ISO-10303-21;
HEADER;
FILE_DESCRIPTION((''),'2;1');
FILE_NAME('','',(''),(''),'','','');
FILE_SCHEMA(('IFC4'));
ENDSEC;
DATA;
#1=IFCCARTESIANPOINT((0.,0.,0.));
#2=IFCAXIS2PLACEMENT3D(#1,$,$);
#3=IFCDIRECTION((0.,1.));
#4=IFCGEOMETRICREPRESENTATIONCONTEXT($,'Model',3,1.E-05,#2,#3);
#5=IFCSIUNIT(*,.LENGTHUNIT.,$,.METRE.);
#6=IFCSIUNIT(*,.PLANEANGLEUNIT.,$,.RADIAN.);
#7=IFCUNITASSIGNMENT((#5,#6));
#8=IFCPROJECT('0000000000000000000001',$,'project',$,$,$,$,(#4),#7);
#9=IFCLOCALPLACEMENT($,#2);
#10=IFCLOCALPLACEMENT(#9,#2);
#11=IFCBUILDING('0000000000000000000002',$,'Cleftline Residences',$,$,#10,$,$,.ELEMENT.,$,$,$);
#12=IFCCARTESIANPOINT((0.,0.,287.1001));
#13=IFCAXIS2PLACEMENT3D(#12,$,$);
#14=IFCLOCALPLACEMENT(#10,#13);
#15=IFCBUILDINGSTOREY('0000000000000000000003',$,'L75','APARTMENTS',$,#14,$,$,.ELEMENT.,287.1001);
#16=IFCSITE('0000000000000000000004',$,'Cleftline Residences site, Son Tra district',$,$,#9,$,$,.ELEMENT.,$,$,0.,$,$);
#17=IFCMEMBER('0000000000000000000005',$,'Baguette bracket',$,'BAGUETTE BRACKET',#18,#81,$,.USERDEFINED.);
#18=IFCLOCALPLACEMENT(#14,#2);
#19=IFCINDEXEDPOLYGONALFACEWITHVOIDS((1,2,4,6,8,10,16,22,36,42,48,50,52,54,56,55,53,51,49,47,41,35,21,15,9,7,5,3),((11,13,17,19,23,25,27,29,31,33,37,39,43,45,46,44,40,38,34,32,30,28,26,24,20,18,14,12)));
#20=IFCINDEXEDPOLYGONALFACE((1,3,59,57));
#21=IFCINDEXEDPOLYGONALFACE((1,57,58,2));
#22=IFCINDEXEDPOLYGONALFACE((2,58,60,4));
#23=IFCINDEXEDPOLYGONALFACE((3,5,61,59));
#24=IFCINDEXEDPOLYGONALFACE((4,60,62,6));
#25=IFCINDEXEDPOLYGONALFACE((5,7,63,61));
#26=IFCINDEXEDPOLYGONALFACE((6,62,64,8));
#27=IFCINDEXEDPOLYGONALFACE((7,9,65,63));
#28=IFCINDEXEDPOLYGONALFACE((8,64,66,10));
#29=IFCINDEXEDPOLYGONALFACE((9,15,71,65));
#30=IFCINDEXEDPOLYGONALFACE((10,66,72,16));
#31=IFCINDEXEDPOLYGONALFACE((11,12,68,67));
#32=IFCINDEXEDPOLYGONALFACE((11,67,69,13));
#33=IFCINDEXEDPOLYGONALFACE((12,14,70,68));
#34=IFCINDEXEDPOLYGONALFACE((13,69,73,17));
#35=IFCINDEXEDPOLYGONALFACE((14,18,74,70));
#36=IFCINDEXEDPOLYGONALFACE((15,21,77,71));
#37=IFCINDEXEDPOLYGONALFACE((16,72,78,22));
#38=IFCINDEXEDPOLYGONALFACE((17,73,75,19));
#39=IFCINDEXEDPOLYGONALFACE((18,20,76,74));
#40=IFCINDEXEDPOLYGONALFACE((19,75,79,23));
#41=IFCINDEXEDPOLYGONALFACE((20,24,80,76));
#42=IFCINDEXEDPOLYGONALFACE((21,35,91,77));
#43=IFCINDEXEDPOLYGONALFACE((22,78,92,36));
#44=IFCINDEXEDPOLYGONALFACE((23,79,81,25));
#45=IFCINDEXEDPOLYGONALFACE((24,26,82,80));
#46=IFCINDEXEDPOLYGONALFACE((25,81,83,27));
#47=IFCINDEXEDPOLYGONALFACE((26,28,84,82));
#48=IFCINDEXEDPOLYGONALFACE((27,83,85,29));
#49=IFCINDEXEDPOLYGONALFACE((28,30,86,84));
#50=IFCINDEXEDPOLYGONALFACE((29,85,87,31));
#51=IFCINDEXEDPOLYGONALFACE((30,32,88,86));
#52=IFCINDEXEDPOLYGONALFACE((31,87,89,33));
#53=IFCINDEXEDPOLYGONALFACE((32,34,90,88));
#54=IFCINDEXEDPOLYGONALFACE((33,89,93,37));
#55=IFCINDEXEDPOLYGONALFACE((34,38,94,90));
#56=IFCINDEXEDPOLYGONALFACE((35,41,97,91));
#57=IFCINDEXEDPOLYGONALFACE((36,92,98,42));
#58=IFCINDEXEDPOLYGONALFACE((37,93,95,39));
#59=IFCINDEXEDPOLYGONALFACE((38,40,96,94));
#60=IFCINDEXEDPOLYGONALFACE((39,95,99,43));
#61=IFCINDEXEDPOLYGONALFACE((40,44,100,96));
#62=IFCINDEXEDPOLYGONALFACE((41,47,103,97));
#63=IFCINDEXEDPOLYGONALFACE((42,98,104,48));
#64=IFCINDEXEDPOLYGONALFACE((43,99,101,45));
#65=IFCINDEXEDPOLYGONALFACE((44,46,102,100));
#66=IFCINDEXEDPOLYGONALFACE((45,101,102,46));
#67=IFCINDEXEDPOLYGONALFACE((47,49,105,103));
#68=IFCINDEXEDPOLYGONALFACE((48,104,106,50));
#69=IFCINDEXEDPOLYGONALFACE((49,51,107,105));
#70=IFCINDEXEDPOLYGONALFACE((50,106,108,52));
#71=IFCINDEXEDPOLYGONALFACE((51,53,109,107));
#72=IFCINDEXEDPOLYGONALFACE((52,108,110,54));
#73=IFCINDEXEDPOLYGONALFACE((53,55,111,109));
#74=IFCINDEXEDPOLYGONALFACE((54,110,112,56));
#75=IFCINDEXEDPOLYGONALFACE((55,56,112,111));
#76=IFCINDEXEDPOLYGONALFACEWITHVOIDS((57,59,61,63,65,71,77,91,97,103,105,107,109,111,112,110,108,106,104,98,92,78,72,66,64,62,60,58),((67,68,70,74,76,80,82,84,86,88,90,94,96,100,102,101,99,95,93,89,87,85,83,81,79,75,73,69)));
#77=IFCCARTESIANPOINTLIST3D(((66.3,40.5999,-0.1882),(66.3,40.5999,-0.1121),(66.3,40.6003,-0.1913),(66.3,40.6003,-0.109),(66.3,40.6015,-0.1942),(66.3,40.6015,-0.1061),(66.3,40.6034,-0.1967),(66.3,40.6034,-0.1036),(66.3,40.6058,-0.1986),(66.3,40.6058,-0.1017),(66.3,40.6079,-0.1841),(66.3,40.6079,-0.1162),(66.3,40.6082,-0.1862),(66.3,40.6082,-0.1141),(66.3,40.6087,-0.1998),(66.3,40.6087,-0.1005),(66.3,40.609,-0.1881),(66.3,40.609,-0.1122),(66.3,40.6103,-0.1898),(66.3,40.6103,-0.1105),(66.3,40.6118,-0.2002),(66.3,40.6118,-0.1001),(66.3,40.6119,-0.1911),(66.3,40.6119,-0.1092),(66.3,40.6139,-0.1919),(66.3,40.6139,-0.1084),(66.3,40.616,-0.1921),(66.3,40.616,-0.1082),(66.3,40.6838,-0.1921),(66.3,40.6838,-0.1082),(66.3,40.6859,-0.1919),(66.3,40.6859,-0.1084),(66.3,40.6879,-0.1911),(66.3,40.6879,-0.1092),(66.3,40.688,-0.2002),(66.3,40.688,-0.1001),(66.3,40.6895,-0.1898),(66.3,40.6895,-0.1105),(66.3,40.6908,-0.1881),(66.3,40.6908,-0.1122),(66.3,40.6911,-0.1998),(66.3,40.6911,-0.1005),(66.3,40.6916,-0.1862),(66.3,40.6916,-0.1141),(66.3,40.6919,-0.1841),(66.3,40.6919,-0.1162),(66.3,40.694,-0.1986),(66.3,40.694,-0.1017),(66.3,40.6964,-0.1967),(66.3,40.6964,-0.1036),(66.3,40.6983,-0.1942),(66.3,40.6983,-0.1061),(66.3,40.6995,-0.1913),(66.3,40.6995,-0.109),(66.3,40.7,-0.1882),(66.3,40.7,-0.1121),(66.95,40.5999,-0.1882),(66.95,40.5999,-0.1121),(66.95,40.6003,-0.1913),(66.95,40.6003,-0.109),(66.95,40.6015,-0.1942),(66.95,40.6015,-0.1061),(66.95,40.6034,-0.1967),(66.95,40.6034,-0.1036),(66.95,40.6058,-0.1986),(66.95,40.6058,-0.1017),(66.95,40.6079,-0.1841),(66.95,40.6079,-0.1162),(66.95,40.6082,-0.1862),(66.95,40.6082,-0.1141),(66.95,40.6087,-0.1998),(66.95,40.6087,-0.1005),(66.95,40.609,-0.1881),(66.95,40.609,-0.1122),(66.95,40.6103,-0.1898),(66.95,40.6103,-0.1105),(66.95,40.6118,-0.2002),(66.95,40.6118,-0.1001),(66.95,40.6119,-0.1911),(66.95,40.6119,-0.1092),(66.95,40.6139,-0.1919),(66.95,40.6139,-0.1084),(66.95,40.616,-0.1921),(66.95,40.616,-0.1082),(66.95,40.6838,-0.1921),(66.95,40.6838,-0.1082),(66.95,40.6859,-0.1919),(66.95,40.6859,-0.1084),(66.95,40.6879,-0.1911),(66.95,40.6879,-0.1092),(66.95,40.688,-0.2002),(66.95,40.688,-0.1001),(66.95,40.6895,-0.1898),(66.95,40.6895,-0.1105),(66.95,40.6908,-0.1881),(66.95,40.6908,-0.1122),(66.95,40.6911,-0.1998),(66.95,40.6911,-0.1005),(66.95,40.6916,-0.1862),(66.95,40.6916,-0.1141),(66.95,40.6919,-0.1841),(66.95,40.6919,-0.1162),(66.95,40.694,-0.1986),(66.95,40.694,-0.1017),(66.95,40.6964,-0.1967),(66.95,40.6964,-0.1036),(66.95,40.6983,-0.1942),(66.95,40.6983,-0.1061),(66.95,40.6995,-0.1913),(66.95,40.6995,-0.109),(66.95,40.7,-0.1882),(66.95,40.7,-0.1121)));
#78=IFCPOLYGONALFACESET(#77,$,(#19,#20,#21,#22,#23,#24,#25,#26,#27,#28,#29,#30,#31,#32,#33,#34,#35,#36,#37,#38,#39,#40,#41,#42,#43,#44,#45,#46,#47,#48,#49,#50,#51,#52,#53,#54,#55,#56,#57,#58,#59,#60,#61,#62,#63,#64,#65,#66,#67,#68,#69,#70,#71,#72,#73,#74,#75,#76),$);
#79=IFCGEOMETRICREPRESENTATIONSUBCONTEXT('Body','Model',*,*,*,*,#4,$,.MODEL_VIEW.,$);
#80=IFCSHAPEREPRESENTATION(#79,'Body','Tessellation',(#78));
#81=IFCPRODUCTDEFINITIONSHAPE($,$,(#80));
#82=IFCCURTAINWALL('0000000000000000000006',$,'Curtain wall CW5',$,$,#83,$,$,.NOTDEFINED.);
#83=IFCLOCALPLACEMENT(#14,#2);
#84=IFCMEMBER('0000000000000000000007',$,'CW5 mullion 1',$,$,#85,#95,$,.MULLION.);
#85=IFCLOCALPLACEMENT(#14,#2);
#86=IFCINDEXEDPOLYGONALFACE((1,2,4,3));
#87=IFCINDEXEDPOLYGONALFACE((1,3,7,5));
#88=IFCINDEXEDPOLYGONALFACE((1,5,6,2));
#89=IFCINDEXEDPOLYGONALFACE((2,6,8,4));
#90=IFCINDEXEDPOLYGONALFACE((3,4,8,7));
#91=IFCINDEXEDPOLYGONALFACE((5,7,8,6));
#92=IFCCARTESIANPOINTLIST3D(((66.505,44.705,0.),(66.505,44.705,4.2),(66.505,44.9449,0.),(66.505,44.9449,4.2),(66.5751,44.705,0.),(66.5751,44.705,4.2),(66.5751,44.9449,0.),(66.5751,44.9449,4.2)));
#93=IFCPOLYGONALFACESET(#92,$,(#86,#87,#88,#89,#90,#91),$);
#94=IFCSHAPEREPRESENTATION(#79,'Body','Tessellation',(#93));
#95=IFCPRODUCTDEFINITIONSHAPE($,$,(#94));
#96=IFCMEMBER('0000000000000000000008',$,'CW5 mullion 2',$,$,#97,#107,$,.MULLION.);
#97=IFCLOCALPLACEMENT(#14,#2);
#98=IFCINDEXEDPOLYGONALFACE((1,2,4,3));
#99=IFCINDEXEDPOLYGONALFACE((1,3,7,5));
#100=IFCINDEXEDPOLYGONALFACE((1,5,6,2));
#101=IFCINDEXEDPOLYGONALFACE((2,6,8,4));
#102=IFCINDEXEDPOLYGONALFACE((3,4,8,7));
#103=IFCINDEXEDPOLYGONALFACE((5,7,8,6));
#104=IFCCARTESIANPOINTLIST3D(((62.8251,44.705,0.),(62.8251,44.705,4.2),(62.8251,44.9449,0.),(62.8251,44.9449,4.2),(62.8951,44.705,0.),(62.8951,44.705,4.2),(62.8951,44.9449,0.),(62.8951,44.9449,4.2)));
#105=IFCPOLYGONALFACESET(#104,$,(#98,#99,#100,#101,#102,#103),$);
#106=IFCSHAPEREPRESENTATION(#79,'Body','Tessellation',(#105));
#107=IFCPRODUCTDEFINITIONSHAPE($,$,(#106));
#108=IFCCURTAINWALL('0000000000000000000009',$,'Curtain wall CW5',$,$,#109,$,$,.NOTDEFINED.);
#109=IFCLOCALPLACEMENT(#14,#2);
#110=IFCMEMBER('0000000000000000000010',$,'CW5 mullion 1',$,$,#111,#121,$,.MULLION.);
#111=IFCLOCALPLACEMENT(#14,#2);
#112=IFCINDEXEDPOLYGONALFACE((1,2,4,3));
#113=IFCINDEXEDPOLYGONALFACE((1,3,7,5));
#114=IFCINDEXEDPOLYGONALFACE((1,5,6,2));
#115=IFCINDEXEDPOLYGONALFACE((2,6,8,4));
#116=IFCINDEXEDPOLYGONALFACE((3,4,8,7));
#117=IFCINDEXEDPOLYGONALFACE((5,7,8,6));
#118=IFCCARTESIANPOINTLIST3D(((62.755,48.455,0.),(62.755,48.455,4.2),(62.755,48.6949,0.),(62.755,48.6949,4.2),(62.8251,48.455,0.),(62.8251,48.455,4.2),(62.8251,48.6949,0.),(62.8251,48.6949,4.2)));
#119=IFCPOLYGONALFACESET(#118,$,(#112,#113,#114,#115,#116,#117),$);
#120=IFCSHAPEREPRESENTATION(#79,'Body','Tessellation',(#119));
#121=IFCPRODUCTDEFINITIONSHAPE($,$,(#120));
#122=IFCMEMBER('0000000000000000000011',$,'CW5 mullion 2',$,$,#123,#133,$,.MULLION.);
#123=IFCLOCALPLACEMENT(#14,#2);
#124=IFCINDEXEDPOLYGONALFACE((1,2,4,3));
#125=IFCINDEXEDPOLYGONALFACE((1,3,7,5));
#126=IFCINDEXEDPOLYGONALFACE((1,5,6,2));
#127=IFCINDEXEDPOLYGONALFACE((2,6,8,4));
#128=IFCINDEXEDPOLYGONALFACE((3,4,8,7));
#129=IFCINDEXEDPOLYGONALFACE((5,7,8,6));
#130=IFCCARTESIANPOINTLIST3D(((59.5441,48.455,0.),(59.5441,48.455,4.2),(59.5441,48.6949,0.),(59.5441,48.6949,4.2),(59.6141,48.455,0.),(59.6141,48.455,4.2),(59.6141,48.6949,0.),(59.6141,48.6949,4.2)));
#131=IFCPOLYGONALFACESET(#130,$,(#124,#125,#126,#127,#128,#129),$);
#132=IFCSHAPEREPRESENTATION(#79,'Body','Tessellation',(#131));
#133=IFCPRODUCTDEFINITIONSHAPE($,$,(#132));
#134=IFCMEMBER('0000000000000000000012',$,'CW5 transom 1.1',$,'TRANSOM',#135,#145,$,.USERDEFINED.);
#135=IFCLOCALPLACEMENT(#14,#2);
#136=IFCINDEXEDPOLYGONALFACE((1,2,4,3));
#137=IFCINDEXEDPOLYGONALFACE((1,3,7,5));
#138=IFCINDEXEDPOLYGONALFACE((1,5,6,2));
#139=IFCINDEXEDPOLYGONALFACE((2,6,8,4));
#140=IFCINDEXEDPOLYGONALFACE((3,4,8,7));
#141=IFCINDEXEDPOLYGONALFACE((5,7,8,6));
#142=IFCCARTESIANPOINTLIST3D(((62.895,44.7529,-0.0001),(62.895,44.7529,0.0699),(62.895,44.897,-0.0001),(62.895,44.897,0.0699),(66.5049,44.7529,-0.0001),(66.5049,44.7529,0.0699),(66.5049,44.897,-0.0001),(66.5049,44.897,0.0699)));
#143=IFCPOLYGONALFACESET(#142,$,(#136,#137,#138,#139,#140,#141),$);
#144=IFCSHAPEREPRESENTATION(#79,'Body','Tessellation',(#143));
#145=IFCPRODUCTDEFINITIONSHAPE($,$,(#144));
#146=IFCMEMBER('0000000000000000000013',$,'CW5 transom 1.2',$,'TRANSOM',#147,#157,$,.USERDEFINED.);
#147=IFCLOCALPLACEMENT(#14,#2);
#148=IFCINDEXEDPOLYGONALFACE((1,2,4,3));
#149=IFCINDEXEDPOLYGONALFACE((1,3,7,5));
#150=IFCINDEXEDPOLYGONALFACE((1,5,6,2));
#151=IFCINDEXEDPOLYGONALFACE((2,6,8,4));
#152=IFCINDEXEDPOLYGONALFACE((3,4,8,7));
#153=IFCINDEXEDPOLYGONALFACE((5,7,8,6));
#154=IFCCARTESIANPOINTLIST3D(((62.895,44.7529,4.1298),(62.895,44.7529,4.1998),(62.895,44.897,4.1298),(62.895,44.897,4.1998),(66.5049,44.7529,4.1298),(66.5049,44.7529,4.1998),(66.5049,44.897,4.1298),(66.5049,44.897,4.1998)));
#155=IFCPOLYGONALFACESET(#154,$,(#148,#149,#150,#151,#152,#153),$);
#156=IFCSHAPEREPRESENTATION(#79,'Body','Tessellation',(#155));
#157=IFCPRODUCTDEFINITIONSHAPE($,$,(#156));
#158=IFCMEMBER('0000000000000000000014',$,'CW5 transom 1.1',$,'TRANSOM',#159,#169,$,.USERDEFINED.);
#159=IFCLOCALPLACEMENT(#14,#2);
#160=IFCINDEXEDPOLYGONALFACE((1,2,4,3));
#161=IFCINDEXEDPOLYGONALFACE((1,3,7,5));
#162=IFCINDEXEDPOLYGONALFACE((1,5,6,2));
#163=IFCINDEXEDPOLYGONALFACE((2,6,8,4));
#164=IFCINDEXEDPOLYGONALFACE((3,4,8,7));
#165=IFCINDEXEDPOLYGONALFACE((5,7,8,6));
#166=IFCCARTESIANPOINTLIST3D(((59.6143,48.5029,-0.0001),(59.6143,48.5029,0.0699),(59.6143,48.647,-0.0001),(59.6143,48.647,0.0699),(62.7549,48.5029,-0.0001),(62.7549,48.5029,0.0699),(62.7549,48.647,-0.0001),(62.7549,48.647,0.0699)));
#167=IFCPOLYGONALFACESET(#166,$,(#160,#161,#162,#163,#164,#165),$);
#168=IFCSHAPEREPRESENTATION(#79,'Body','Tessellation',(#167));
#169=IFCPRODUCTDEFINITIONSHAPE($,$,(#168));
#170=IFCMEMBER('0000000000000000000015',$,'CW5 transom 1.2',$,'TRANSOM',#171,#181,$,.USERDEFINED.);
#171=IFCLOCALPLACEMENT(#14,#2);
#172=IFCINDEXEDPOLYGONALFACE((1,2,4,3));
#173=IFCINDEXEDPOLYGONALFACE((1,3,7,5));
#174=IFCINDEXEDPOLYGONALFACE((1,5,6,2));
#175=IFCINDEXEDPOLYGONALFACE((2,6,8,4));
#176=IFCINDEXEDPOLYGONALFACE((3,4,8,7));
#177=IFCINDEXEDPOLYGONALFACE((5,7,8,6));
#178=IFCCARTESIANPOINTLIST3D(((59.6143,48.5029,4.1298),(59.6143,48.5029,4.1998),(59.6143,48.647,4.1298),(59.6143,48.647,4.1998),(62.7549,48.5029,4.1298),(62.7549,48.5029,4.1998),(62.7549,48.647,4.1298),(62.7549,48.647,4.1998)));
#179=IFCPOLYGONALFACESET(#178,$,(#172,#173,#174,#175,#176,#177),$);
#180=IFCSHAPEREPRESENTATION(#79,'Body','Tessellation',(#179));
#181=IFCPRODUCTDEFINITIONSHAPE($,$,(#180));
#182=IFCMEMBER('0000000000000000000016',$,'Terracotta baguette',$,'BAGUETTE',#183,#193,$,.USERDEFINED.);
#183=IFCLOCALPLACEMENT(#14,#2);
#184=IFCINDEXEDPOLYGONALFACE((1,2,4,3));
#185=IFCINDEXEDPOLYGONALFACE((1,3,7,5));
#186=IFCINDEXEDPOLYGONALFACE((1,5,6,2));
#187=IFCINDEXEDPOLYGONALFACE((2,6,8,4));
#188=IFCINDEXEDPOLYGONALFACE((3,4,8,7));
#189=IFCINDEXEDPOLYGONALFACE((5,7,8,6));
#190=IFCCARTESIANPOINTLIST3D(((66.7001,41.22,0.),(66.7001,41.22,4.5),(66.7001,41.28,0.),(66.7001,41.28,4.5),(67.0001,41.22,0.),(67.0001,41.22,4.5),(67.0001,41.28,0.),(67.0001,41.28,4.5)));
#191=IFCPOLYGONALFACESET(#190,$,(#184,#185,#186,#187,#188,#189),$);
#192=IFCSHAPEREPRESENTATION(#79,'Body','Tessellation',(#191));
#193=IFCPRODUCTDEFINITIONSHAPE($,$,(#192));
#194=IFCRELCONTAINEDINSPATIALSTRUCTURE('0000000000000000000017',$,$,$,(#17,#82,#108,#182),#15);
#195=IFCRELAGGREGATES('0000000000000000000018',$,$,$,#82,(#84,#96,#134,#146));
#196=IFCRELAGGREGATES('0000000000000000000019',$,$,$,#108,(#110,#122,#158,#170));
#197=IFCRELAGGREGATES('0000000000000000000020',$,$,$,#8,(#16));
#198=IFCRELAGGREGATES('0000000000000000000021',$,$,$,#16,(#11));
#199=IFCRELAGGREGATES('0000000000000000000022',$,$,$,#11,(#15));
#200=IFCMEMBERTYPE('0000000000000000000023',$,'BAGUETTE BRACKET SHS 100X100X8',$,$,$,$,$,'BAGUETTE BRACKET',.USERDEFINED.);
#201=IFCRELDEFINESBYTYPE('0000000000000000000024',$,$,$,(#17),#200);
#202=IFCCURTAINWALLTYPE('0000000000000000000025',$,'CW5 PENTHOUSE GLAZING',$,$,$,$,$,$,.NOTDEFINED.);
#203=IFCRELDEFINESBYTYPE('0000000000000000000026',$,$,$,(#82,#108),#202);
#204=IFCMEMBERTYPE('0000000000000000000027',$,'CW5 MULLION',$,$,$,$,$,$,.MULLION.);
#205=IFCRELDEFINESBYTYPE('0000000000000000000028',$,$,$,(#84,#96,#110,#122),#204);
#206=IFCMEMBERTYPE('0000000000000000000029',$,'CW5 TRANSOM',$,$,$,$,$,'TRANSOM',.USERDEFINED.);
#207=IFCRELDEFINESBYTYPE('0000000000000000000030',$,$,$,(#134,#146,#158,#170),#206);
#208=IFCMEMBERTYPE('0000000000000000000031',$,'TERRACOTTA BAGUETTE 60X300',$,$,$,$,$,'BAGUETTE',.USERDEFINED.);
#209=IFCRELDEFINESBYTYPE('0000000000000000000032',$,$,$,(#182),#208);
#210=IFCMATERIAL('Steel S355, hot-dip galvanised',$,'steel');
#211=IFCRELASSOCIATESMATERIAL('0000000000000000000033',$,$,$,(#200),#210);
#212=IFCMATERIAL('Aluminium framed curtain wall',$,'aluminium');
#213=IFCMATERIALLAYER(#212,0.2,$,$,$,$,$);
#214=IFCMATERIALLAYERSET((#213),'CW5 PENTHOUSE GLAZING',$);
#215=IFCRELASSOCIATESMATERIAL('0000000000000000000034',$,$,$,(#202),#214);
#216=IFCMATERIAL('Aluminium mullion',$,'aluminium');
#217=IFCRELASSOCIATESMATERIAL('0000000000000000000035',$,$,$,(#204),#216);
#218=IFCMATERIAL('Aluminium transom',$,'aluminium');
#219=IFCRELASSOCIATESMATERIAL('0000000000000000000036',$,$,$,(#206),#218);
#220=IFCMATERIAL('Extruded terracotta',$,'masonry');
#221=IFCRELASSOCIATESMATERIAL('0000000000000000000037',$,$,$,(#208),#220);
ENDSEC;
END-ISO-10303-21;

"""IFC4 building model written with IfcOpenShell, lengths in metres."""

from ifc_helpers import new_model, si_unit, direction, frame, origin, origin_2d, place, context, subcontext, project, spatial, rectangle, hollow_rectangle, extrude, material, layer, layer_set, material_profile, profile_set, type_object, element, aggregate, save


model = new_model("IFC4")

# Units and contexts
model_context = context("Model", 3, precision=1e-05, world=origin(), true_north=direction((0.0, 1.0)))
body_context = subcontext(model_context, "Body", "Model", "MODEL_VIEW")
ifc_project = project(units=[si_unit("LENGTHUNIT", "METRE"), si_unit("PLANEANGLEUNIT", "RADIAN")], contexts=[model_context])

# Site, building, storey
site_placement = place(None, origin())
site = spatial("IfcSite", under=ifc_project, at=site_placement, Name="Cleftline Residences site, Son Tra district", CompositionType="ELEMENT", RefElevation=0.0)
building_placement = place(site_placement, origin())
building = spatial("IfcBuilding", under=site, at=building_placement, Name="Cleftline Residences", CompositionType="ELEMENT")
storey_placement = place(building_placement, frame((0.0, 0.0, 287.1001)))
storey = spatial("IfcBuildingStorey", under=building, at=storey_placement, Name="L75", Description="APARTMENTS", CompositionType="ELEMENT", Elevation=287.1001)

# Member
ifc_material_1 = material(Name="Steel S355, hot-dip galvanised", Category="steel")
ifc_material_profile_1 = material_profile(ifc_material_1, hollow_rectangle(XDim=0.1001, YDim=0.1001, WallThickness=0.0081, InnerFilletRadius=0.0081, OuterFilletRadius=0.012, at=origin_2d()))
ifc_profile_set_1 = profile_set([ifc_material_profile_1], Name="Steel S355, hot-dip galvanised")
member_type_1 = type_object("IfcMemberType", Name="BAGUETTE BRACKET SHS 100X100X8", ElementType="BAGUETTE BRACKET", PredefinedType="USERDEFINED", material=ifc_profile_set_1)
member_1_placement = place(storey_placement, frame((66.3, 40.6499, -0.1501), z_axis=(1.0, 0.0, 0.0), x_axis=(0.0, 1.0, 0.0)))
element("IfcMember", 1, at=member_1_placement, inside=storey, type_object=member_type_1, Name="Baguette bracket", ObjectType="BAGUETTE BRACKET", PredefinedType="USERDEFINED", context=body_context, shape_type="SweptSolid", body=[
    extrude(hollow_rectangle(XDim=0.1001, YDim=0.1001, WallThickness=0.0081, InnerFilletRadius=0.0081, OuterFilletRadius=0.012, at=origin_2d()), origin(), (0.0, 0.0, 1.0), 0.6499),
])

# Curtain walls, members
ifc_material_2 = material(Name="Aluminium framed curtain wall", Category="aluminium")
ifc_layer_1 = layer(ifc_material_2, 0.2)
ifc_layer_set_1 = layer_set([ifc_layer_1], Name="CW5 PENTHOUSE GLAZING")
curtain_wall_type = type_object("IfcCurtainWallType", Name="CW5 PENTHOUSE GLAZING", PredefinedType="NOTDEFINED", material=ifc_layer_set_1)
curtain_wall_1_placement = place(storey_placement, origin())
curtain_wall_1 = element("IfcCurtainWall", 2, at=curtain_wall_1_placement, inside=storey, type_object=curtain_wall_type, Name="Curtain wall CW5", PredefinedType="NOTDEFINED")
ifc_material_3 = material(Name="Aluminium mullion", Category="aluminium")
ifc_material_profile_2 = material_profile(ifc_material_3, rectangle(XDim=0.24, YDim=0.0701, at=origin_2d()))
ifc_profile_set_2 = profile_set([ifc_material_profile_2], Name="Aluminium mullion")
member_type_2 = type_object("IfcMemberType", Name="CW5 MULLION", PredefinedType="MULLION", material=ifc_profile_set_2)
member_2_placement = place(storey_placement, frame((66.54, 44.825, 0.0), z_axis=(0.0, 0.0, 1.0), x_axis=(0.0, -1.0, 0.0)))
member_2 = element("IfcMember", 3, at=member_2_placement, type_object=member_type_2, Name="CW5 mullion 1", PredefinedType="MULLION", context=body_context, shape_type="SweptSolid", body=[
    extrude(rectangle(XDim=0.24, YDim=0.0701, at=origin_2d()), origin(), (0.0, 0.0, 1.0), 4.2),
])
member_3_placement = place(storey_placement, frame((62.8601, 44.825, 0.0), z_axis=(0.0, 0.0, 1.0), x_axis=(0.0, -1.0, 0.0)))
member_3 = element("IfcMember", 4, at=member_3_placement, type_object=member_type_2, Name="CW5 mullion 2", PredefinedType="MULLION", context=body_context, shape_type="SweptSolid", body=[
    extrude(rectangle(XDim=0.24, YDim=0.0701, at=origin_2d()), origin(), (0.0, 0.0, 1.0), 4.2),
])
curtain_wall_2_placement = place(storey_placement, origin())
curtain_wall_2 = element("IfcCurtainWall", 5, at=curtain_wall_2_placement, inside=storey, type_object=curtain_wall_type, Name="Curtain wall CW5", PredefinedType="NOTDEFINED")
member_4_placement = place(storey_placement, frame((62.79, 48.575, 0.0), z_axis=(0.0, 0.0, 1.0), x_axis=(0.0, -1.0, 0.0)))
member_4 = element("IfcMember", 6, at=member_4_placement, type_object=member_type_2, Name="CW5 mullion 1", PredefinedType="MULLION", context=body_context, shape_type="SweptSolid", body=[
    extrude(rectangle(XDim=0.24, YDim=0.0701, at=origin_2d()), origin(), (0.0, 0.0, 1.0), 4.2),
])
member_5_placement = place(storey_placement, frame((59.5791, 48.575, 0.0), z_axis=(0.0, 0.0, 1.0), x_axis=(0.0, -1.0, 0.0)))
member_5 = element("IfcMember", 7, at=member_5_placement, type_object=member_type_2, Name="CW5 mullion 2", PredefinedType="MULLION", context=body_context, shape_type="SweptSolid", body=[
    extrude(rectangle(XDim=0.24, YDim=0.0701, at=origin_2d()), origin(), (0.0, 0.0, 1.0), 4.2),
])

# Members
ifc_material_4 = material(Name="Aluminium transom", Category="aluminium")
ifc_material_profile_3 = material_profile(ifc_material_4, rectangle(XDim=0.144, YDim=0.0701, at=origin_2d()))
ifc_profile_set_3 = profile_set([ifc_material_profile_3], Name="Aluminium transom")
member_type_3 = type_object("IfcMemberType", Name="CW5 TRANSOM", ElementType="TRANSOM", PredefinedType="USERDEFINED", material=ifc_profile_set_3)
member_6_placement = place(storey_placement, frame((66.5049, 44.825, 0.0349), z_axis=(-1.0, 0.0, 0.0), x_axis=(0.0, -1.0, 0.0)))
member_6 = element("IfcMember", 8, at=member_6_placement, type_object=member_type_3, Name="CW5 transom 1.1", ObjectType="TRANSOM", PredefinedType="USERDEFINED", context=body_context, shape_type="SweptSolid", body=[
    extrude(rectangle(XDim=0.144, YDim=0.0701, at=origin_2d()), origin(), (0.0, 0.0, 1.0), 3.6099),
])
member_7_placement = place(storey_placement, frame((66.5049, 44.825, 4.1648), z_axis=(-1.0, 0.0, 0.0), x_axis=(0.0, -1.0, 0.0)))
member_7 = element("IfcMember", 9, at=member_7_placement, type_object=member_type_3, Name="CW5 transom 1.2", ObjectType="TRANSOM", PredefinedType="USERDEFINED", context=body_context, shape_type="SweptSolid", body=[
    extrude(rectangle(XDim=0.144, YDim=0.0701, at=origin_2d()), origin(), (0.0, 0.0, 1.0), 3.6099),
])
member_8_placement = place(storey_placement, frame((62.7549, 48.575, 0.0349), z_axis=(-1.0, 0.0, 0.0), x_axis=(0.0, -1.0, 0.0)))
member_8 = element("IfcMember", 10, at=member_8_placement, type_object=member_type_3, Name="CW5 transom 1.1", ObjectType="TRANSOM", PredefinedType="USERDEFINED", context=body_context, shape_type="SweptSolid", body=[
    extrude(rectangle(XDim=0.144, YDim=0.0701, at=origin_2d()), origin(), (0.0, 0.0, 1.0), 3.1406),
])
member_9_placement = place(storey_placement, frame((62.7549, 48.575, 4.1648), z_axis=(-1.0, 0.0, 0.0), x_axis=(0.0, -1.0, 0.0)))
member_9 = element("IfcMember", 11, at=member_9_placement, type_object=member_type_3, Name="CW5 transom 1.2", ObjectType="TRANSOM", PredefinedType="USERDEFINED", context=body_context, shape_type="SweptSolid", body=[
    extrude(rectangle(XDim=0.144, YDim=0.0701, at=origin_2d()), origin(), (0.0, 0.0, 1.0), 3.1406),
])

# Member
ifc_material_5 = material(Name="Extruded terracotta", Category="masonry")
ifc_material_profile_4 = material_profile(ifc_material_5, rectangle(XDim=0.0601, YDim=0.3, at=origin_2d()))
ifc_profile_set_4 = profile_set([ifc_material_profile_4], Name="Extruded terracotta")
member_type_4 = type_object("IfcMemberType", Name="TERRACOTTA BAGUETTE 60X300", ElementType="BAGUETTE", PredefinedType="USERDEFINED", material=ifc_profile_set_4)
for number, where, z_axis, x_axis, name in (
    (12, (66.8501, 41.25, 0.0), (0.0, 0.0, 1.0), (0.0, 1.0, 0.0), "Terracotta baguette"),
):
    element("IfcMember", number, at=place(storey_placement, frame(where, z_axis=z_axis, x_axis=x_axis)), inside=storey, type_object=member_type_4, Name=name, ObjectType="BAGUETTE", PredefinedType="USERDEFINED", context=body_context, shape_type="SweptSolid", body=[
        extrude(rectangle(XDim=0.0601, YDim=0.3, at=origin_2d()), origin(), (0.0, 0.0, 1.0), 4.5),
    ])

aggregate(curtain_wall_1, [member_2, member_3, member_6, member_7])
aggregate(curtain_wall_2, [member_4, member_5, member_8, member_9])

save(model, "model.ifc")
